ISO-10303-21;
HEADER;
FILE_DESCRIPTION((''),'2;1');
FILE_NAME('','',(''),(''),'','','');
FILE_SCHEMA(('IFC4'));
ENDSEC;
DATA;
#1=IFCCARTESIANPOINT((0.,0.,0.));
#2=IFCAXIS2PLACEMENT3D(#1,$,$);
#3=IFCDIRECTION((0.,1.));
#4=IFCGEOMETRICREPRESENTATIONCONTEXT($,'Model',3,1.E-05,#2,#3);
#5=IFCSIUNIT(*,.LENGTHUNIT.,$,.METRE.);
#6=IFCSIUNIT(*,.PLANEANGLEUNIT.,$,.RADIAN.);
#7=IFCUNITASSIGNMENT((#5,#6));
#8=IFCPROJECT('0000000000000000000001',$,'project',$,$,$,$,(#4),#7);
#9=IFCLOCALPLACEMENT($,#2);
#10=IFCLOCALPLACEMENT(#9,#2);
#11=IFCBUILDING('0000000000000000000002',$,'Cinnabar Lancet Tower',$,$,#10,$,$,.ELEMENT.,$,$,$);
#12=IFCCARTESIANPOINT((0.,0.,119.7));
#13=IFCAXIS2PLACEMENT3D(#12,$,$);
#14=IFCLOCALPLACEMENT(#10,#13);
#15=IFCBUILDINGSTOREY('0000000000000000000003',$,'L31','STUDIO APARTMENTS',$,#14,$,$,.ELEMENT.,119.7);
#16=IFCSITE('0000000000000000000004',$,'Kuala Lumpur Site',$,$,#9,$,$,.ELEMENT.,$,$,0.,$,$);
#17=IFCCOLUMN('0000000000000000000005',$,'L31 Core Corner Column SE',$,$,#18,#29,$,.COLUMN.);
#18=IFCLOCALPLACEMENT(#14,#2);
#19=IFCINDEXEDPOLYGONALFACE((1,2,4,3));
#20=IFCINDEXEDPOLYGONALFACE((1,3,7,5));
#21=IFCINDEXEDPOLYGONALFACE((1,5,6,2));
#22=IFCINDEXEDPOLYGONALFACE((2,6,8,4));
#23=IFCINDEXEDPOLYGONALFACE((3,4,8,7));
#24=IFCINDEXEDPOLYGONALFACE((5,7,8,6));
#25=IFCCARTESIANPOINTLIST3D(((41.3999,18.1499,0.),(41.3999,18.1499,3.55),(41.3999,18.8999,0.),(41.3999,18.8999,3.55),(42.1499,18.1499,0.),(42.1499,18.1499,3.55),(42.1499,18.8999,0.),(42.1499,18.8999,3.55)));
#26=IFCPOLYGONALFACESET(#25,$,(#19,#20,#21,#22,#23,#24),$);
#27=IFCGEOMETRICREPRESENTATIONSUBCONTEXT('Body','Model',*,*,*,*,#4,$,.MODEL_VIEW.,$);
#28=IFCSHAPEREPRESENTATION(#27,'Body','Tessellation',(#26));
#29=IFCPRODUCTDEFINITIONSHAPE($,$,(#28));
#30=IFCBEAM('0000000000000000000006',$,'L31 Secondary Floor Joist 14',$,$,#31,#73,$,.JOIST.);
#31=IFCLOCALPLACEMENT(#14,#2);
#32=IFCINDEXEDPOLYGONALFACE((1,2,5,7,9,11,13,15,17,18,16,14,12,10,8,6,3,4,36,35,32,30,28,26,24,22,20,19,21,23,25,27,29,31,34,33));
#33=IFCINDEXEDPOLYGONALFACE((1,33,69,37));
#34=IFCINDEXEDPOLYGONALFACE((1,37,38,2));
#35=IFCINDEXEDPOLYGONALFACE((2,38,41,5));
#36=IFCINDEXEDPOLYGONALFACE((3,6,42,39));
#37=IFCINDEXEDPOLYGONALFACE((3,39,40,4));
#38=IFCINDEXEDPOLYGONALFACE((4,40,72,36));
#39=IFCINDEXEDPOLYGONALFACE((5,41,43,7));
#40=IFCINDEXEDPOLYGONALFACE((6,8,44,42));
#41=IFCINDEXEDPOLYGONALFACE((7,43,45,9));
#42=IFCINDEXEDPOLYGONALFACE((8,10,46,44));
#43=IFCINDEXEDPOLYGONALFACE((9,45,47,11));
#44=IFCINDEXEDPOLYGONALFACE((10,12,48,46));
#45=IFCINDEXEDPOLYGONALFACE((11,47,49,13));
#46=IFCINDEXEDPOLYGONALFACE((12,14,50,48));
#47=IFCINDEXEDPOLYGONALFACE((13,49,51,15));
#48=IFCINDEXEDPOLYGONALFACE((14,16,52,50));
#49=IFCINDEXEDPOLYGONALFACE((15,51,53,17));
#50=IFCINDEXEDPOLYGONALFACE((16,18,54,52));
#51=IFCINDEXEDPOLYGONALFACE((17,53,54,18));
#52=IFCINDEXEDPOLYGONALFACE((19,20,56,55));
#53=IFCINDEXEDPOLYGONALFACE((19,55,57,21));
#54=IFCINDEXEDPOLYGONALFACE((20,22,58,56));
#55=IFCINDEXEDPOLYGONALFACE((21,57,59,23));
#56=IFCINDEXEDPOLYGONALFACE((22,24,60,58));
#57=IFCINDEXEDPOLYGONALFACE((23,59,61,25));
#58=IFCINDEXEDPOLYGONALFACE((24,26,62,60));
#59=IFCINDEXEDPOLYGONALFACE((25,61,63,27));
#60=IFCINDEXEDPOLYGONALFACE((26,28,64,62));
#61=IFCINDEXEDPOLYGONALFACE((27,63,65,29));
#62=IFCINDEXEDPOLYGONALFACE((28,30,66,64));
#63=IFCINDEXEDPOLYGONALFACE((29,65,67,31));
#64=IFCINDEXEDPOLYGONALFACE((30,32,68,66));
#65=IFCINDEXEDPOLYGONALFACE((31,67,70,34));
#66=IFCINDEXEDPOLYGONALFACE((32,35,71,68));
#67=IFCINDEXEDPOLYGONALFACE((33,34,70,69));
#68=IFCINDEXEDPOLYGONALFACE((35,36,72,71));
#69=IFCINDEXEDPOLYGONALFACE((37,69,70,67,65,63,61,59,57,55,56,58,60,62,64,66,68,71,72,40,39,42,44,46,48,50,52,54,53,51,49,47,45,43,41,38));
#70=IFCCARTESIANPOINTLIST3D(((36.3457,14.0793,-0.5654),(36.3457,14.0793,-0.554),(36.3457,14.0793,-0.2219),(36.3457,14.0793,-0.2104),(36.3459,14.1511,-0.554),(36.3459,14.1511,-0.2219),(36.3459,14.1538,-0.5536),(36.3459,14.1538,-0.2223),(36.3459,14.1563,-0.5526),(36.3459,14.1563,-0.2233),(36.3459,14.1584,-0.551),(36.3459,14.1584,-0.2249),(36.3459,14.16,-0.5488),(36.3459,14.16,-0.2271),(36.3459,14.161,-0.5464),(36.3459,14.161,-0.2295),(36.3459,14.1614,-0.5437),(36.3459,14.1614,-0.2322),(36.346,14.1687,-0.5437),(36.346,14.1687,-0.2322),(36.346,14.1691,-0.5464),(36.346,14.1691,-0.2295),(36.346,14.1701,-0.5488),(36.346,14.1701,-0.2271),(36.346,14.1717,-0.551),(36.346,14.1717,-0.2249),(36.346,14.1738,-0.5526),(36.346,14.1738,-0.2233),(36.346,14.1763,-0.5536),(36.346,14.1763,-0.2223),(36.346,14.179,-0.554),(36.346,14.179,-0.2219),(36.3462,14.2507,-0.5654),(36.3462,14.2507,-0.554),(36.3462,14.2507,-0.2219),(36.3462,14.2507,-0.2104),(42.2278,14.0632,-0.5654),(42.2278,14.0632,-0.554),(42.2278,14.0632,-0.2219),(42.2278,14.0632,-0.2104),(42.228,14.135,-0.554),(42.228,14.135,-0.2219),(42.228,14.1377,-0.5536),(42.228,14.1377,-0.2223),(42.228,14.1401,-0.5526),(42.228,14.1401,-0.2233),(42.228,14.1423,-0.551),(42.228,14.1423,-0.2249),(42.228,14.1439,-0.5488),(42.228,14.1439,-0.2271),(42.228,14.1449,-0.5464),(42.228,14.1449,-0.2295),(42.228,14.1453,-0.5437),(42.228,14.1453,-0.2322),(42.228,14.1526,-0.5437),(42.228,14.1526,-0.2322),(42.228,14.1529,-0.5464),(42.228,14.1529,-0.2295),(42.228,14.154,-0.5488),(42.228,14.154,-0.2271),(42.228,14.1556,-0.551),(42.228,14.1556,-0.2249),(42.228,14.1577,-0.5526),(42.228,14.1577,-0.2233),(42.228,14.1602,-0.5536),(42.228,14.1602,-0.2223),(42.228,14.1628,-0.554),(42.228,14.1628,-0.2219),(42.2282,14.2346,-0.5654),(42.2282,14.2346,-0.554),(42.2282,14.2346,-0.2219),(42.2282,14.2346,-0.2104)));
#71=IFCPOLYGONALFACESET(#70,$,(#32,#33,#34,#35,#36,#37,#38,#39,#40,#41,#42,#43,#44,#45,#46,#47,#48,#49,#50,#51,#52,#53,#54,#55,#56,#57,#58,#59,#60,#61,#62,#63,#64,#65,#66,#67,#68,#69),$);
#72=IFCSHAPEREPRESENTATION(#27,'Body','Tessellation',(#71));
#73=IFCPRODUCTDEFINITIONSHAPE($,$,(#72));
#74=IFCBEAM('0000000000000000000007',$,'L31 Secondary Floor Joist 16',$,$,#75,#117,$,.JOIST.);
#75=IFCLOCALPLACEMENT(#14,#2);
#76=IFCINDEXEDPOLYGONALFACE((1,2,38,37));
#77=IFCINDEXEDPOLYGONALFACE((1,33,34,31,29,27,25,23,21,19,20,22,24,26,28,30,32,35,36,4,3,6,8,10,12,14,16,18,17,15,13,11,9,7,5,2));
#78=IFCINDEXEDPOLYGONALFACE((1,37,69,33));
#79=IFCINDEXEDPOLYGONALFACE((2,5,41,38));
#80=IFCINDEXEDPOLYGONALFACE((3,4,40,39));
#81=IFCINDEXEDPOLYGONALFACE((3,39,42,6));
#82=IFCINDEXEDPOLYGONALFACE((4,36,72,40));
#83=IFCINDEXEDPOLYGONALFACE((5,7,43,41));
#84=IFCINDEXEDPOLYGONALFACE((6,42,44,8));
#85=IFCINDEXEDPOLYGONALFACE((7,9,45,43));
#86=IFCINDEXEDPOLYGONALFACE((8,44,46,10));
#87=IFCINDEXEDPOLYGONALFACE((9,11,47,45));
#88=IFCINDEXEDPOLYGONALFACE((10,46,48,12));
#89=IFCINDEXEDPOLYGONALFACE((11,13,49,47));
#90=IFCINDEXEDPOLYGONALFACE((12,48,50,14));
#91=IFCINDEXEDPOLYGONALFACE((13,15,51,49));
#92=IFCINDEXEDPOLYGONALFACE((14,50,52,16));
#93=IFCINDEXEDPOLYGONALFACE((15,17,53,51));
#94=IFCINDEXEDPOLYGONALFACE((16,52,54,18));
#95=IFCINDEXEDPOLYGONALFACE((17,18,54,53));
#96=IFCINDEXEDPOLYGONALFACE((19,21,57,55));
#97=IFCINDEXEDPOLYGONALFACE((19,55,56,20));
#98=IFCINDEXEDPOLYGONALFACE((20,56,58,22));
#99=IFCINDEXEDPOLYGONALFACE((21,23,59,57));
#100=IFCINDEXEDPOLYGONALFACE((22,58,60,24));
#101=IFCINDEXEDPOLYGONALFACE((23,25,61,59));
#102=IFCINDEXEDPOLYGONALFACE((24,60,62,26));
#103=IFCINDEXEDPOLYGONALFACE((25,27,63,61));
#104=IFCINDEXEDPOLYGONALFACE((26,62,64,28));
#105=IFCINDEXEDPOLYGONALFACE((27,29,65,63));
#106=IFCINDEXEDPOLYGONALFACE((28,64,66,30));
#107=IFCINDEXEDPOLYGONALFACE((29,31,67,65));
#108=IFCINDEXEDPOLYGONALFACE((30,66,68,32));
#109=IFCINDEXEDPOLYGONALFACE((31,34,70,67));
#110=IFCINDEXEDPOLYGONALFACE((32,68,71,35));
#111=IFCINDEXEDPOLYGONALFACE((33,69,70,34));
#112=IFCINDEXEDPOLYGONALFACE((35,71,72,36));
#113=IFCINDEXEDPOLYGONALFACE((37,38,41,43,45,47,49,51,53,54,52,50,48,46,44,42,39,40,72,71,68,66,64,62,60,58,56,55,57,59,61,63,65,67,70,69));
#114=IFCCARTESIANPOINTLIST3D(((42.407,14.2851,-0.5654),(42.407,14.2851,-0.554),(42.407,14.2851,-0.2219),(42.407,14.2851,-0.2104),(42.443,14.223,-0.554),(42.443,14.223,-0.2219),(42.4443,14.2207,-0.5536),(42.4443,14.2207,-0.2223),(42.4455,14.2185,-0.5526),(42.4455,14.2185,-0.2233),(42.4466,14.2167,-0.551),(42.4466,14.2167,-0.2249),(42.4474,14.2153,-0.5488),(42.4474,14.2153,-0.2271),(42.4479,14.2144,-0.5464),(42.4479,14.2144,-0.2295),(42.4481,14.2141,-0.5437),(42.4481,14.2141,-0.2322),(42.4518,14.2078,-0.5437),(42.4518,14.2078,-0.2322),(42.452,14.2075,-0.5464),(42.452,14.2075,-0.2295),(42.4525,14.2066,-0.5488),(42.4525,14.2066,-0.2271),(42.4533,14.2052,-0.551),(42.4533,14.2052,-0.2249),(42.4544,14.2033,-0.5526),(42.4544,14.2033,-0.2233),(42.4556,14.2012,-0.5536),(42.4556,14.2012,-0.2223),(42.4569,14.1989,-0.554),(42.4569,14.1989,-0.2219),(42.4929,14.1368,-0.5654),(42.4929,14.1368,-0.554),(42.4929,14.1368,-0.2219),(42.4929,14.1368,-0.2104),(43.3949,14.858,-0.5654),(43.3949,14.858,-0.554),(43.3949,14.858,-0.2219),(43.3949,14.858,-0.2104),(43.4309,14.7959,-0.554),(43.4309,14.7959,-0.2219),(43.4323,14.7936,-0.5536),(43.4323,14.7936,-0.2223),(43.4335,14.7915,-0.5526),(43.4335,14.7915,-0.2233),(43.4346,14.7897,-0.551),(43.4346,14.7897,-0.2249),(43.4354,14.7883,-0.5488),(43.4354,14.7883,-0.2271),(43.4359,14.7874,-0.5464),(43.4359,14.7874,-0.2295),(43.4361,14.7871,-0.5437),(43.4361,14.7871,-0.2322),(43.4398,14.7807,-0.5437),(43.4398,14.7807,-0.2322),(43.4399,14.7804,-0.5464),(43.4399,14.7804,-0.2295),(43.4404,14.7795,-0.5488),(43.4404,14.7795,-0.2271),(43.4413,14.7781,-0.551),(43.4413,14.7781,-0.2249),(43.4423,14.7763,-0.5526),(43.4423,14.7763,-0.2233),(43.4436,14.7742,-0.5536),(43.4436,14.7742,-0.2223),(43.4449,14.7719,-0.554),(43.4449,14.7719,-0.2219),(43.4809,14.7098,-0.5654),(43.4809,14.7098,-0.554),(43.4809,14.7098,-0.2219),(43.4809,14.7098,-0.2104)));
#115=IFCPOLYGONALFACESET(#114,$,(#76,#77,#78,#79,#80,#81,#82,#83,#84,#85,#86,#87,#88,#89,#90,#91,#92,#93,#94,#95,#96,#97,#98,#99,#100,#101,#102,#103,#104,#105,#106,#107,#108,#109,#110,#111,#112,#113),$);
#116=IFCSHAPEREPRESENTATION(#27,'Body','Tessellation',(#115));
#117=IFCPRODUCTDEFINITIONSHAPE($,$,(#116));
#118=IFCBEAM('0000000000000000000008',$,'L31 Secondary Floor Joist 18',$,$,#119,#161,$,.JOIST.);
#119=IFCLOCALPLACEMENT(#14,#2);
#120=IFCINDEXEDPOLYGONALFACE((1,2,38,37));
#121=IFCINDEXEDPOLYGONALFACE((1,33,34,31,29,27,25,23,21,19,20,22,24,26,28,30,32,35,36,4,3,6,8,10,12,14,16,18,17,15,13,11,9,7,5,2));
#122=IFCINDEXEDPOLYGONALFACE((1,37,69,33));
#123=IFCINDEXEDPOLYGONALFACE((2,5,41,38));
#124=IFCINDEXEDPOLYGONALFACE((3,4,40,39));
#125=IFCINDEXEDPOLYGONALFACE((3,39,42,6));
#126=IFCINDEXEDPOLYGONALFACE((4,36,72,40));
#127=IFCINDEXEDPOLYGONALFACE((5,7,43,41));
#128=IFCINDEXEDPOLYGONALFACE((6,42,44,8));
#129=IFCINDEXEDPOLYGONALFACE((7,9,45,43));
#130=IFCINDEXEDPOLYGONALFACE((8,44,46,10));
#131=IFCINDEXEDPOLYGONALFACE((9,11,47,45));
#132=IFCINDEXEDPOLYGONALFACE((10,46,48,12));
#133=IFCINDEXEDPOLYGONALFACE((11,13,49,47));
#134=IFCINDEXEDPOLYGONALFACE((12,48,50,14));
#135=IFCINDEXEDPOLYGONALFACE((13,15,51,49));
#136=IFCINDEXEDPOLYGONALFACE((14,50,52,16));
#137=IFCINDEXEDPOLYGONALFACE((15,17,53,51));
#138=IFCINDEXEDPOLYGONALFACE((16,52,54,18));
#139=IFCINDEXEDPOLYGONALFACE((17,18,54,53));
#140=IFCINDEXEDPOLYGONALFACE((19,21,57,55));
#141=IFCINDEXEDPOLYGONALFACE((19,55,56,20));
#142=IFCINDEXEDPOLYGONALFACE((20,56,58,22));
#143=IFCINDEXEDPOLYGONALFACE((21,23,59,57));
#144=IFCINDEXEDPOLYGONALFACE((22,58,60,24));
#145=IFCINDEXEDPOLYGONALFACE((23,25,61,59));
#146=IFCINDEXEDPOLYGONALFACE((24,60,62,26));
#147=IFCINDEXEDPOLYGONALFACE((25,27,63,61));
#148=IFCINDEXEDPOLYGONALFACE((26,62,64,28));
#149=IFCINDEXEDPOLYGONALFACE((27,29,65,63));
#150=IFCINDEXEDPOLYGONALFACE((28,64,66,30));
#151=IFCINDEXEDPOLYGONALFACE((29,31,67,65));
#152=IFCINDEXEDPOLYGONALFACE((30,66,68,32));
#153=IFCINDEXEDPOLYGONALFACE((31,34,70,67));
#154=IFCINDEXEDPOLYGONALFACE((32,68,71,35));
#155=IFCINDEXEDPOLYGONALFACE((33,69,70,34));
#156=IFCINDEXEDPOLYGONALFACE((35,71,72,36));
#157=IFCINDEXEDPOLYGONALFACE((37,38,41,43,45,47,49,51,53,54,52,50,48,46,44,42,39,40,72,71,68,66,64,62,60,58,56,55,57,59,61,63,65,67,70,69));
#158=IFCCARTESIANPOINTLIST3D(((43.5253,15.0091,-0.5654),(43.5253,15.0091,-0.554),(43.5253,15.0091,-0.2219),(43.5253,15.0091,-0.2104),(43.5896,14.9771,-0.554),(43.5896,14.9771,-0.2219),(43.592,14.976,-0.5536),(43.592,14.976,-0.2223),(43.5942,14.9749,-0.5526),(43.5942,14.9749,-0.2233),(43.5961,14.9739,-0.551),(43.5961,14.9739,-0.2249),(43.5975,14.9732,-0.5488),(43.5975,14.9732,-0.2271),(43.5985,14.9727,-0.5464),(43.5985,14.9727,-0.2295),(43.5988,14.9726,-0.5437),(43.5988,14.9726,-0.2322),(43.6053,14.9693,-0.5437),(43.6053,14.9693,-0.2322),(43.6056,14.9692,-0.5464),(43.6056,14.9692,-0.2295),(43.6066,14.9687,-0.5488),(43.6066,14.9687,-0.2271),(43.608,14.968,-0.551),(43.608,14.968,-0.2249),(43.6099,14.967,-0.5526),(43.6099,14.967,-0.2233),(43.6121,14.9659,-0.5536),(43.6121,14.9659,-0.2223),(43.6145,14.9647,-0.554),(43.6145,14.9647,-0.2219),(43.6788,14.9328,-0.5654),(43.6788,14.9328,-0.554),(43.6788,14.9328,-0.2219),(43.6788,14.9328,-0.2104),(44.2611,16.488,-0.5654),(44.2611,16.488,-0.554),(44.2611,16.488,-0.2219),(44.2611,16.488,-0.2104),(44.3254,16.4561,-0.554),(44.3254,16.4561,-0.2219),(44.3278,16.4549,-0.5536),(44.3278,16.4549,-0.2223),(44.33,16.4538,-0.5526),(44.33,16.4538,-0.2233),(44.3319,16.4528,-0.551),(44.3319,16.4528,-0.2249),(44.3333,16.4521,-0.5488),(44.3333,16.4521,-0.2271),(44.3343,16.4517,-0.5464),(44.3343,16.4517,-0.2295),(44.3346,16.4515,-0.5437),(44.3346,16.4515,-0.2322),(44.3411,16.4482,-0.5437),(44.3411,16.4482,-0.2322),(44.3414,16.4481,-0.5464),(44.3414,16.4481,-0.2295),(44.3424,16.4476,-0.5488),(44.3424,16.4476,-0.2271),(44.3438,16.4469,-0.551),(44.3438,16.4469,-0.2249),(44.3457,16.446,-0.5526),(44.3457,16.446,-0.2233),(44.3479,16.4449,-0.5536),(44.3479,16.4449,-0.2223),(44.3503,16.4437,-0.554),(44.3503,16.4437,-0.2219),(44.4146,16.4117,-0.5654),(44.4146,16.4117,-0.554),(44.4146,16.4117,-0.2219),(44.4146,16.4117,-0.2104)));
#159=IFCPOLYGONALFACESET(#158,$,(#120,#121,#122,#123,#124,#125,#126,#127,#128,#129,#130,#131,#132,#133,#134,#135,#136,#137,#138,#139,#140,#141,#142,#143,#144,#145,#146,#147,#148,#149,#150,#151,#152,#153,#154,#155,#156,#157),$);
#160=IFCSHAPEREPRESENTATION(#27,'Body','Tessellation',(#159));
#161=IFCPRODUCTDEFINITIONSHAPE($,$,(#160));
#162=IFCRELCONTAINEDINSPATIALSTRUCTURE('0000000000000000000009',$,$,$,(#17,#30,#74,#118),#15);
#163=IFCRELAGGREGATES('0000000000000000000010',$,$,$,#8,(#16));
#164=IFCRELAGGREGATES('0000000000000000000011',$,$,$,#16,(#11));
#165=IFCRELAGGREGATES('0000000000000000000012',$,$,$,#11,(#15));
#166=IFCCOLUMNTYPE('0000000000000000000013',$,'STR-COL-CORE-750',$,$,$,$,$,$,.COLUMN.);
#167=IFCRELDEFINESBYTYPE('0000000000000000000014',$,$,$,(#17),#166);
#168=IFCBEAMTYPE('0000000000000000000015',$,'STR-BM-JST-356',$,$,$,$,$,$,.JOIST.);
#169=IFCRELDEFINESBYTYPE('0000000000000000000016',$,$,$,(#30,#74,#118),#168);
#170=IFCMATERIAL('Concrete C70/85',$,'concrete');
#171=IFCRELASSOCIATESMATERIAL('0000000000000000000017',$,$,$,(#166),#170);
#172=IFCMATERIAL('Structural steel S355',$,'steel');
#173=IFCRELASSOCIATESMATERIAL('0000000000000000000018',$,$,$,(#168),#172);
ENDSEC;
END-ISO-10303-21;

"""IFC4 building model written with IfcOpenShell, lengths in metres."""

from ifc_helpers import new_model, si_unit, direction, frame, origin, origin_2d, place, context, subcontext, project, spatial, rectangle, i_section, extrude, material, material_profile, profile_set, type_object, element, save


model = new_model("IFC4")

# Units and contexts
model_context = context("Model", 3, precision=1e-05, world=origin(), true_north=direction((0.0, 1.0)))
body_context = subcontext(model_context, "Body", "Model", "MODEL_VIEW")
ifc_project = project(units=[si_unit("LENGTHUNIT", "METRE"), si_unit("PLANEANGLEUNIT", "RADIAN")], contexts=[model_context])

# Site, building, storey
site_placement = place(None, origin())
site = spatial("IfcSite", under=ifc_project, at=site_placement, Name="Kuala Lumpur Site", CompositionType="ELEMENT", RefElevation=0.0)
building_placement = place(site_placement, origin())
building = spatial("IfcBuilding", under=site, at=building_placement, Name="Cinnabar Lancet Tower", CompositionType="ELEMENT")
storey_placement = place(building_placement, frame((0.0, 0.0, 119.7)))
storey = spatial("IfcBuildingStorey", under=building, at=storey_placement, Name="L31", Description="STUDIO APARTMENTS", CompositionType="ELEMENT", Elevation=119.7)

# Column
ifc_material_1 = material(Name="Concrete C70/85", Category="concrete")
ifc_material_profile_1 = material_profile(ifc_material_1, rectangle(XDim=0.75, YDim=0.75, at=origin_2d()), Name="RC-COL 750x750")
ifc_profile_set_1 = profile_set([ifc_material_profile_1], Name="Concrete C70/85")
column_type = type_object("IfcColumnType", Name="STR-COL-CORE-750", PredefinedType="COLUMN", material=ifc_profile_set_1)
column_placement = place(storey_placement, frame((41.7749, 18.5249, 0.0), z_axis=(0.0, 0.0, 1.0), x_axis=(1.0, 0.0, 0.0)))
element("IfcColumn", 1, at=column_placement, inside=storey, type_object=column_type, Name="L31 Core Corner Column SE", PredefinedType="COLUMN", context=body_context, shape_type="SweptSolid", body=[
    extrude(rectangle(XDim=0.75, YDim=0.75, at=origin_2d()), origin(), (0.0, 0.0, 1.0), 3.55),
])

# Beams
ifc_material_2 = material(Name="Structural steel S355", Category="steel")
ifc_material_profile_2 = material_profile(ifc_material_2, i_section(OverallWidth=0.1714, OverallDepth=0.355, WebThickness=0.0073, FlangeThickness=0.0115, FilletRadius=0.0103, at=origin_2d()), Name="UKB 356x171x51")
ifc_profile_set_2 = profile_set([ifc_material_profile_2], Name="Structural steel S355")
beam_type_1 = type_object("IfcBeamType", Name="STR-BM-JST-356", PredefinedType="JOIST", material=ifc_profile_set_2)
beam_1_placement = place(storey_placement, frame((36.3459, 14.165, -0.3879), z_axis=(0.999996, -0.002739, 0.0), x_axis=(0.002739, 0.999996, 0.0)))
element("IfcBeam", 2, at=beam_1_placement, inside=storey, type_object=beam_type_1, Name="L31 Secondary Floor Joist 14", PredefinedType="JOIST", context=body_context, shape_type="SweptSolid", body=[
    extrude(i_section(OverallWidth=0.1714, OverallDepth=0.355, WebThickness=0.0073, FlangeThickness=0.0115, FilletRadius=0.0103, at=origin_2d()), origin(), (0.0, 0.0, 1.0), 5.8821),
])
beam_2_placement = place(storey_placement, frame((42.45, 14.2109, -0.3879), z_axis=(0.865055, 0.501677, 0.0), x_axis=(-0.501677, 0.865055, 0.0)))
element("IfcBeam", 3, at=beam_2_placement, inside=storey, type_object=beam_type_1, Name="L31 Secondary Floor Joist 16", PredefinedType="JOIST", context=body_context, shape_type="SweptSolid", body=[
    extrude(i_section(OverallWidth=0.1714, OverallDepth=0.355, WebThickness=0.0073, FlangeThickness=0.0115, FilletRadius=0.0103, at=origin_2d()), origin(), (0.0, 0.0, 1.0), 1.1421),
])
beam_3_placement = place(storey_placement, frame((43.6021, 14.9709, -0.3879), z_axis=(0.445439, 0.895312, 0.0), x_axis=(-0.895312, 0.445439, 0.0)))
element("IfcBeam", 4, at=beam_3_placement, inside=storey, type_object=beam_type_1, Name="L31 Secondary Floor Joist 18", PredefinedType="JOIST", context=body_context, shape_type="SweptSolid", body=[
    extrude(i_section(OverallWidth=0.1714, OverallDepth=0.355, WebThickness=0.0073, FlangeThickness=0.0115, FilletRadius=0.0103, at=origin_2d()), origin(), (0.0, 0.0, 1.0), 1.6519),
])

save(model, "model.ifc")
